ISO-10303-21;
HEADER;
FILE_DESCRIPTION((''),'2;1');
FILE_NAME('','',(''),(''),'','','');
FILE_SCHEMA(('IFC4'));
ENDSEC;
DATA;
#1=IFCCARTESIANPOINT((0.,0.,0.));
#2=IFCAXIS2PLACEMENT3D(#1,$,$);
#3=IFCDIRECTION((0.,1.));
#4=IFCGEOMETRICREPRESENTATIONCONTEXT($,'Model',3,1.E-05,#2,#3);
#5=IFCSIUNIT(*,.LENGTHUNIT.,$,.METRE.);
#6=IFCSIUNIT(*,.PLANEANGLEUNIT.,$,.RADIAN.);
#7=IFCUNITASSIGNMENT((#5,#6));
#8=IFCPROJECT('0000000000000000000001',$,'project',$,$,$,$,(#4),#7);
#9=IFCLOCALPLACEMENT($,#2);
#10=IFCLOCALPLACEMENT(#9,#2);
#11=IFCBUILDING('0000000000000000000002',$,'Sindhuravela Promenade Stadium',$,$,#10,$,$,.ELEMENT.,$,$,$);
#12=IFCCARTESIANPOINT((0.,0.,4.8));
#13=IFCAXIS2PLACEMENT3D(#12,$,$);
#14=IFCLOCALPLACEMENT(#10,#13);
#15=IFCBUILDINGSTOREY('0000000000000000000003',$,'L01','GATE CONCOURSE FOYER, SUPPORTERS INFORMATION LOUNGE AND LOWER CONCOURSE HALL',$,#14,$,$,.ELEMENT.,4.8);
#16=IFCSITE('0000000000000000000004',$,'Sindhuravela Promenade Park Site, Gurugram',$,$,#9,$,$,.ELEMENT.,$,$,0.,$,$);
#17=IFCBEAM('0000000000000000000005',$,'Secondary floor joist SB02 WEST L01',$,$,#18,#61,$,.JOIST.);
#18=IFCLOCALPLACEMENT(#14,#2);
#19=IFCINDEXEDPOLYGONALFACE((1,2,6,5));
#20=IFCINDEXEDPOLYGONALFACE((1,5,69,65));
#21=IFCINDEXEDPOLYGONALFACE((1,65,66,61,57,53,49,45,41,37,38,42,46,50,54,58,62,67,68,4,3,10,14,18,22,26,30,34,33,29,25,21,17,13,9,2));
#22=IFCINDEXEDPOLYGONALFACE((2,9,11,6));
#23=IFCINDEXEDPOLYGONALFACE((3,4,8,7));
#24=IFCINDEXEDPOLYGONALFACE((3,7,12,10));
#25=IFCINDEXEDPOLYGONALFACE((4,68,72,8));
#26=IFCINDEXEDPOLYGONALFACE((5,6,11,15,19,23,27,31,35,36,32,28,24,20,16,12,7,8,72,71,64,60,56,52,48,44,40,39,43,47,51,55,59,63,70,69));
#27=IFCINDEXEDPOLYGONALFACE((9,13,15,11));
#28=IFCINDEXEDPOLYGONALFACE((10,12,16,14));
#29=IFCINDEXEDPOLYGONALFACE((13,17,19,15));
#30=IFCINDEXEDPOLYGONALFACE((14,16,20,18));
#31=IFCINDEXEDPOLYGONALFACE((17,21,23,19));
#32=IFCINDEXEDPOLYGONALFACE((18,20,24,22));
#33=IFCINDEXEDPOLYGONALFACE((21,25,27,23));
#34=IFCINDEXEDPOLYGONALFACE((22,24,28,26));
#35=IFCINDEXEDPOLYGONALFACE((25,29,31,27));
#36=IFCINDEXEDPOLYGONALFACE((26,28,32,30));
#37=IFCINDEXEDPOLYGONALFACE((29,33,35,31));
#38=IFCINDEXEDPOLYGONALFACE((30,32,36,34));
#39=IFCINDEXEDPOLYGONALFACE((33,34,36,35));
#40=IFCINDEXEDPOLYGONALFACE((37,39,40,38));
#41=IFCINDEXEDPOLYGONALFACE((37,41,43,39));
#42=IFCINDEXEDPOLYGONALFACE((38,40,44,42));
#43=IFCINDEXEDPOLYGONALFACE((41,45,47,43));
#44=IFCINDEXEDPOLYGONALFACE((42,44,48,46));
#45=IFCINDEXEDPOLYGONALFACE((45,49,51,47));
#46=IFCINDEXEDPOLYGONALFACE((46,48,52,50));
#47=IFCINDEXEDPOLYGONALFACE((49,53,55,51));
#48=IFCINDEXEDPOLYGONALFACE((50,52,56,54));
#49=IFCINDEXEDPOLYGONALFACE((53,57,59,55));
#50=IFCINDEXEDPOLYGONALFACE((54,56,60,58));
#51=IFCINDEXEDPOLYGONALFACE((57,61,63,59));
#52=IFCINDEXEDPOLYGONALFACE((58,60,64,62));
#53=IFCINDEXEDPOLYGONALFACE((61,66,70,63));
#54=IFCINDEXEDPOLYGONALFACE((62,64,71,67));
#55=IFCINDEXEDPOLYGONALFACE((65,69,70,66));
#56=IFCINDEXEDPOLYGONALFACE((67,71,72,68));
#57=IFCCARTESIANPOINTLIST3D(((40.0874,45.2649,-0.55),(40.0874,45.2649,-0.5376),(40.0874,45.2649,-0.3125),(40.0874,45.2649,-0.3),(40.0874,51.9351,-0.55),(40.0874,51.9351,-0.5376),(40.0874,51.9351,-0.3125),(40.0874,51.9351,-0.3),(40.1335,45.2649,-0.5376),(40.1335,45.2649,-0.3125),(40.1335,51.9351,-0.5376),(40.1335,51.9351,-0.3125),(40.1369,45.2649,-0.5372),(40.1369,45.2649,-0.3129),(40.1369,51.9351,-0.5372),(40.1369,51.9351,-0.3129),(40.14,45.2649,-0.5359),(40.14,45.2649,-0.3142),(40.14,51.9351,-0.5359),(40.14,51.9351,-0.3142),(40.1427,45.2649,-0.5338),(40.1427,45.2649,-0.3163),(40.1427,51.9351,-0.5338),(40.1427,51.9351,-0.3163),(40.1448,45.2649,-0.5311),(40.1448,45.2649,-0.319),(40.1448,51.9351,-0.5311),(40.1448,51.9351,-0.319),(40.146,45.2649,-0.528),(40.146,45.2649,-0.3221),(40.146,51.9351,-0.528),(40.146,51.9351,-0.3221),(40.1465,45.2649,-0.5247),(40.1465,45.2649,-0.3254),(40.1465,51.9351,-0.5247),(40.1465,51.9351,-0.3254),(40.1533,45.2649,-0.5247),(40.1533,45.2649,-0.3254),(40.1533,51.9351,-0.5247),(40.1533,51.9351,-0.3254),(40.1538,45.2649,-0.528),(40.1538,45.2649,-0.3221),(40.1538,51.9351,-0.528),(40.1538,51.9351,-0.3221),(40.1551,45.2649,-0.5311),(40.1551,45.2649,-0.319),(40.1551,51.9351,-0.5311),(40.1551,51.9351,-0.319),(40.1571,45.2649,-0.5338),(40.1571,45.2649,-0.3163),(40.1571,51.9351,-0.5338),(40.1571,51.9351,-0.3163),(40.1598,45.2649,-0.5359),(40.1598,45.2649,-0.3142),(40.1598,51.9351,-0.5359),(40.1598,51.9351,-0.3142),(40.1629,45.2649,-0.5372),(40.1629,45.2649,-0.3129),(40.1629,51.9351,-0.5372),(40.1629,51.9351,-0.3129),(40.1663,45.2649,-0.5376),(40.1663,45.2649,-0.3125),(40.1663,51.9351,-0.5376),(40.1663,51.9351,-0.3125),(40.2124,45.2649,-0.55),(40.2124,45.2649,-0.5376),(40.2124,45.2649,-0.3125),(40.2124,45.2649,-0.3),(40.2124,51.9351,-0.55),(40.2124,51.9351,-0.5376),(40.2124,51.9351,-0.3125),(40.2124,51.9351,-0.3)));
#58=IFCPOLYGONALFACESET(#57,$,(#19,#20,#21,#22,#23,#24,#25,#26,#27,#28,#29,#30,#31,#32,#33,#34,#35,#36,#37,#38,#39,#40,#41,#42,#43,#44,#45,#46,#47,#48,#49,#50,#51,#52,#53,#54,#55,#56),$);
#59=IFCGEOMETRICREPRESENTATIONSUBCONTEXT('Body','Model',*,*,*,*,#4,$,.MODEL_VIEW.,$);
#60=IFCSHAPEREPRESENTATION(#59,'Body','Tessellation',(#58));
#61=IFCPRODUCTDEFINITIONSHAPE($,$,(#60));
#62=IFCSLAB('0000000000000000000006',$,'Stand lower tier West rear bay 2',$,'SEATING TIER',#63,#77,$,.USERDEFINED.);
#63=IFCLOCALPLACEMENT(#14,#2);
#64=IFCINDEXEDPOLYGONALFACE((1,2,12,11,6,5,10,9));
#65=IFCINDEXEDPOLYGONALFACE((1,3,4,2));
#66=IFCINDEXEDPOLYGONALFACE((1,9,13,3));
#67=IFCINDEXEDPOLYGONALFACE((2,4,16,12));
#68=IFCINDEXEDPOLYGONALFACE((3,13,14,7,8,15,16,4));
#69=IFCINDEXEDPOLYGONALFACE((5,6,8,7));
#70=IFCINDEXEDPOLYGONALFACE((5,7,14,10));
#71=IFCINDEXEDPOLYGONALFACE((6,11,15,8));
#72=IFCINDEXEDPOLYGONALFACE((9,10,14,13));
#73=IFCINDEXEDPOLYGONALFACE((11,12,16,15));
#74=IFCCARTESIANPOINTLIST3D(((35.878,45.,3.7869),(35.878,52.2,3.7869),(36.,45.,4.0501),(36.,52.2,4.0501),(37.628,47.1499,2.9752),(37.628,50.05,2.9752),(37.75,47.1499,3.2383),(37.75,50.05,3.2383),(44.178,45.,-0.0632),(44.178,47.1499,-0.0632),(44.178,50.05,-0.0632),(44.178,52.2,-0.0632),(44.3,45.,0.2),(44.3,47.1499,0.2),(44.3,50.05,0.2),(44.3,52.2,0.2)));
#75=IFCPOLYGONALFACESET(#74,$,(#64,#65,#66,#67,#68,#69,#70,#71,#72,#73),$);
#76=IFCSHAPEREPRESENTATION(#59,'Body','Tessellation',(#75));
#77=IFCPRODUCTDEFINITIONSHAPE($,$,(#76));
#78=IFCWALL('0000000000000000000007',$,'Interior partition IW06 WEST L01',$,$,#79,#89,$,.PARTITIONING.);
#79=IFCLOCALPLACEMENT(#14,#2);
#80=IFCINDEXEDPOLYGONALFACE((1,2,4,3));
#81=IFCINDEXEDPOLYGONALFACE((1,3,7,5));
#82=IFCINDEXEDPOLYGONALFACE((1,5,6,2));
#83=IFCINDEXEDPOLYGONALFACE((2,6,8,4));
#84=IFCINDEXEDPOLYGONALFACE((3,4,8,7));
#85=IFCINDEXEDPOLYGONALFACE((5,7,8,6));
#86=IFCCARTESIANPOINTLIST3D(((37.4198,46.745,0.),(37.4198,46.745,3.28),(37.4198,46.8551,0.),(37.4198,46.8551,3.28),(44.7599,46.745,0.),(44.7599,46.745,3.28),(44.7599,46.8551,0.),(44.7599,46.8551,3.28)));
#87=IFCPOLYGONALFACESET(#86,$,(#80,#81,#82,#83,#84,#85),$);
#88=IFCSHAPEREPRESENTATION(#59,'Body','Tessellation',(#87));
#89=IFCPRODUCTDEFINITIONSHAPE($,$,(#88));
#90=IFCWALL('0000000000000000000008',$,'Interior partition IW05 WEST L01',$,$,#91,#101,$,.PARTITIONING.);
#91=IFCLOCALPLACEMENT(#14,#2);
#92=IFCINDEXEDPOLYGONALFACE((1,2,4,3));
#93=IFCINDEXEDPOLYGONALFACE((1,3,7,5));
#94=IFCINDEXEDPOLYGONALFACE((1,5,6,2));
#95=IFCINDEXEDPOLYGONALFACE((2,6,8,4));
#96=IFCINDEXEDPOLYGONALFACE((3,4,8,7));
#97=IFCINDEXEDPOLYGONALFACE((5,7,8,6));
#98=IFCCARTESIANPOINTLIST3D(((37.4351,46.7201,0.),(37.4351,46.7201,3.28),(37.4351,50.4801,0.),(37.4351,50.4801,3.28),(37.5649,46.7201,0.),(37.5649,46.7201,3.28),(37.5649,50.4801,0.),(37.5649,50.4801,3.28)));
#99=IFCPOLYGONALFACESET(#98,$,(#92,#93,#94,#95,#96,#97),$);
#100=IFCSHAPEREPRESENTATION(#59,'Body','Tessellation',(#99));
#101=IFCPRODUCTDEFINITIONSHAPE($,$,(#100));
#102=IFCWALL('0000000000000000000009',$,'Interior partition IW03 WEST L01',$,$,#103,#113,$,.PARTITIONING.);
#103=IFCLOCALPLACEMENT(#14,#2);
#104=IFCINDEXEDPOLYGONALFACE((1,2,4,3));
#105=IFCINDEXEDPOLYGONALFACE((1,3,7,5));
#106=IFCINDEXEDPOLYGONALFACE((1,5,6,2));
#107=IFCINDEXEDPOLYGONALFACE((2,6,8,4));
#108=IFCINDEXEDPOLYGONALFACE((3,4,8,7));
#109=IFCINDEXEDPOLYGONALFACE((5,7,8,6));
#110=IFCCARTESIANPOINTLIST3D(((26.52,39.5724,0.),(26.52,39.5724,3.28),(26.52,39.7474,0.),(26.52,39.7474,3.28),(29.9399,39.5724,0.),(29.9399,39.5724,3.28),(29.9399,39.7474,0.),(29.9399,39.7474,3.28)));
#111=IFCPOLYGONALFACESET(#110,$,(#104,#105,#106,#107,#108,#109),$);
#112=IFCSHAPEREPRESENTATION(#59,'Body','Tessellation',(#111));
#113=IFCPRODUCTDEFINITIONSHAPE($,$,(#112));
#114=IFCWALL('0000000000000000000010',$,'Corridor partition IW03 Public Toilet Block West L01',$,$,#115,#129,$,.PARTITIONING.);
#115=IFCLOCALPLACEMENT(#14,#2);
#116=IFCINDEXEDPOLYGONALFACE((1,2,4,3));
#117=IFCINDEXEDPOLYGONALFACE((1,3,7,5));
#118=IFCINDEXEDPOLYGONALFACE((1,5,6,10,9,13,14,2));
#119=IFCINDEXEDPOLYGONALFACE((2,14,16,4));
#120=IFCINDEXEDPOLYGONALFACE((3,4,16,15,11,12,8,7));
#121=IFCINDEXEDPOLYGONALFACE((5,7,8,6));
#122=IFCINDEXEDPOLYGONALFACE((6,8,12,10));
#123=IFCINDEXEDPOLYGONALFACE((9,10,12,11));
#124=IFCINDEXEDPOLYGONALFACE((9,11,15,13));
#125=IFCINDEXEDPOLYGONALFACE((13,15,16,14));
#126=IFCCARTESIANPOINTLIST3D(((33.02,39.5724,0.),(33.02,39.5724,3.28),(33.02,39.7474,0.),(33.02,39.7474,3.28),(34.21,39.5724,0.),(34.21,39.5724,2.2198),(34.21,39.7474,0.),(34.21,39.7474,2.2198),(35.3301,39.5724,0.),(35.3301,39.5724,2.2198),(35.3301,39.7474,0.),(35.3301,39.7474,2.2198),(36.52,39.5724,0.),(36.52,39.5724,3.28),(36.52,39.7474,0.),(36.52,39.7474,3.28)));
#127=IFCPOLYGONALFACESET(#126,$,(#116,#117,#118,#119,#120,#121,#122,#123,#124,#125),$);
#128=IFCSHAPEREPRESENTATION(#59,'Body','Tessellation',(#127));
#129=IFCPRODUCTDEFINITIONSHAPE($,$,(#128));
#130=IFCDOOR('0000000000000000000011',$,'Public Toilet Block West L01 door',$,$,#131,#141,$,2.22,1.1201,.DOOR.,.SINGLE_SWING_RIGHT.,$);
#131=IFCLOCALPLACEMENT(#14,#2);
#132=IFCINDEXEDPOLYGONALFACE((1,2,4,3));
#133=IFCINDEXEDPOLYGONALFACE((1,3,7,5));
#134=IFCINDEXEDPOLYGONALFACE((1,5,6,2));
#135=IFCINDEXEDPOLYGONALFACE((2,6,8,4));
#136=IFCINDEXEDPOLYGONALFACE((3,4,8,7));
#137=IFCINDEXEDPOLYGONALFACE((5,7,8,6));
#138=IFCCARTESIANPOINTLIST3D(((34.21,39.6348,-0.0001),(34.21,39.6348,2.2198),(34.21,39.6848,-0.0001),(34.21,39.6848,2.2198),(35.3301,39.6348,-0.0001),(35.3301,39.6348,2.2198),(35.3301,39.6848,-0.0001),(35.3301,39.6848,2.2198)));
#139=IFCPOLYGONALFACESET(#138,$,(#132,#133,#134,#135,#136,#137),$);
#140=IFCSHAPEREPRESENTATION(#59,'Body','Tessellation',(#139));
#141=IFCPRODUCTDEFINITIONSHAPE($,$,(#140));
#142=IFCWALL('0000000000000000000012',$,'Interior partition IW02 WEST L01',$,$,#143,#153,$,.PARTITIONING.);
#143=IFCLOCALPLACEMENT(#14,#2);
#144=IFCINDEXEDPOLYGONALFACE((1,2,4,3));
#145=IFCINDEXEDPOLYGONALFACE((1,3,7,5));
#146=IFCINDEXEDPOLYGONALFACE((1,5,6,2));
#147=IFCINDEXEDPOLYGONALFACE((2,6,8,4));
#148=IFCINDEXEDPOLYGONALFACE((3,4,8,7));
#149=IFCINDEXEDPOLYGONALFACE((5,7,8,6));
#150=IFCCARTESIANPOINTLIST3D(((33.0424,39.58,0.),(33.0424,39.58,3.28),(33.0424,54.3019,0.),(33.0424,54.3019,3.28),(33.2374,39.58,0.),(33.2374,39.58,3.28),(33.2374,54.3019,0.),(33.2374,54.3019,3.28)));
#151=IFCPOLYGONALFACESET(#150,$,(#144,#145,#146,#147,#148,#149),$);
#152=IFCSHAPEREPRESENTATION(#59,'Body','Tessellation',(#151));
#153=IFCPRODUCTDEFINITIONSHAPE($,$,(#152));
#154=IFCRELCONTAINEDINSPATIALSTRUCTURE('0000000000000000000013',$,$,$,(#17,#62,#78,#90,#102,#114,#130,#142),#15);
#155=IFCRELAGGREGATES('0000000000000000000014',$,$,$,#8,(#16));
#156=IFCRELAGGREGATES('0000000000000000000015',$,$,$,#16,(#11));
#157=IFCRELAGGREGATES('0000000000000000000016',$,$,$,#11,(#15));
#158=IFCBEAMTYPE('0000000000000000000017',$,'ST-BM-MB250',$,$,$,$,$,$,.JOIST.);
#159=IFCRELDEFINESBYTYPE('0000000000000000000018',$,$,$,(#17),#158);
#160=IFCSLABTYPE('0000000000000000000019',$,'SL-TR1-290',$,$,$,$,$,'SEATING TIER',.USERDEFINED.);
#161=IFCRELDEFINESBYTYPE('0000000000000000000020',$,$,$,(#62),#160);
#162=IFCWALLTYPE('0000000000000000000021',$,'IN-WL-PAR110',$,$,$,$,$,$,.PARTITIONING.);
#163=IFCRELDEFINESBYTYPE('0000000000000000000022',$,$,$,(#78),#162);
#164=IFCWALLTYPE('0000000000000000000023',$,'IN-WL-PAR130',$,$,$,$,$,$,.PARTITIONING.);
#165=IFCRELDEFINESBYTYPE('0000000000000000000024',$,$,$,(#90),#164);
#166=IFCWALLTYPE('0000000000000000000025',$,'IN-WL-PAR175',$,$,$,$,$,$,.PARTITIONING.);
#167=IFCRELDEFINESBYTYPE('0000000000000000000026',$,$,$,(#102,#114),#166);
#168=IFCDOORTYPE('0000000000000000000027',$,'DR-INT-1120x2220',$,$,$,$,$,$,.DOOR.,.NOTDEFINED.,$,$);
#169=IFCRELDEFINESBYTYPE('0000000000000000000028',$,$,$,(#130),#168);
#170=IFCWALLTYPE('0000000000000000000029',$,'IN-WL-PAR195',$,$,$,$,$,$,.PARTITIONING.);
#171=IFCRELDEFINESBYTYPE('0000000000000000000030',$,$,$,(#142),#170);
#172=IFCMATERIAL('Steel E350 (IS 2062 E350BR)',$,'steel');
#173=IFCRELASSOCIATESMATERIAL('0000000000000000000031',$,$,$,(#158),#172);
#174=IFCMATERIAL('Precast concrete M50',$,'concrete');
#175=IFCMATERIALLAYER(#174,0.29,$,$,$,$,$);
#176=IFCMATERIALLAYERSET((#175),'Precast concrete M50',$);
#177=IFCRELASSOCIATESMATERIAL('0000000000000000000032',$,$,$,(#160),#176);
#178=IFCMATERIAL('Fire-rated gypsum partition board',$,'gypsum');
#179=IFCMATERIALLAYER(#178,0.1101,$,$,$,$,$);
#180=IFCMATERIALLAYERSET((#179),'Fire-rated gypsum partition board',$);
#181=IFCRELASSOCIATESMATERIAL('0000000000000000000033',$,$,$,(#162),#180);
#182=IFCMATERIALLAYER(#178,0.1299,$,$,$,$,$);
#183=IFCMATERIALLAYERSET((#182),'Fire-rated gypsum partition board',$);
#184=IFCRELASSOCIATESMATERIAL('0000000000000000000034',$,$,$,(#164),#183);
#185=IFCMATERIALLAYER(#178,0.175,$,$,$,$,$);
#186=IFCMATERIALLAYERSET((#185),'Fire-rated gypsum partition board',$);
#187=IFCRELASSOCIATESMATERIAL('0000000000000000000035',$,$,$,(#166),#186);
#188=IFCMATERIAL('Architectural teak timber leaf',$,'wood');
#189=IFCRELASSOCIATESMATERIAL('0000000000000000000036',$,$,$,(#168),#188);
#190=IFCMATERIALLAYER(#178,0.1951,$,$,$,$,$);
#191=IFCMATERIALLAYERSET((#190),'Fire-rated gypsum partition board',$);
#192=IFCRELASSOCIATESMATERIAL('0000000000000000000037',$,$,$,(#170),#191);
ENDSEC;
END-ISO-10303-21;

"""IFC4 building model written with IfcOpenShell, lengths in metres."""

from ifc_helpers import new_model, si_unit, direction, frame, frame_2d, origin, origin_2d, place, context, subcontext, project, spatial, polyline, rectangle, i_section, outline, extrude, material, layer, layer_set, material_profile, profile_set, type_object, element, fill, save


model = new_model("IFC4")

# Units and contexts
model_context = context("Model", 3, precision=1e-05, world=origin(), true_north=direction((0.0, 1.0)))
body_context = subcontext(model_context, "Body", "Model", "MODEL_VIEW")
ifc_project = project(units=[si_unit("LENGTHUNIT", "METRE"), si_unit("PLANEANGLEUNIT", "RADIAN")], contexts=[model_context])

# Site, building, storey
site_placement = place(None, origin())
site = spatial("IfcSite", under=ifc_project, at=site_placement, Name="Sindhuravela Promenade Park Site, Gurugram", CompositionType="ELEMENT", RefElevation=0.0)
building_placement = place(site_placement, origin())
building = spatial("IfcBuilding", under=site, at=building_placement, Name="Sindhuravela Promenade Stadium", CompositionType="ELEMENT")
storey_placement = place(building_placement, frame((0.0, 0.0, 4.8)))
storey = spatial("IfcBuildingStorey", under=building, at=storey_placement, Name="L01", Description="GATE CONCOURSE FOYER, SUPPORTERS INFORMATION LOUNGE AND LOWER CONCOURSE HALL", CompositionType="ELEMENT", Elevation=4.8)

# Beam
ifc_material_1 = material(Name="Steel E350 (IS 2062 E350BR)", Category="steel")
ifc_material_profile_1 = material_profile(ifc_material_1, i_section(OverallWidth=0.125, OverallDepth=0.25, WebThickness=0.0068, FlangeThickness=0.0125, FilletRadius=0.0129, at=origin_2d()), Name="ISMB 250")
ifc_profile_set_1 = profile_set([ifc_material_profile_1], Name="Steel E350 (IS 2062 E350BR)")
beam_type_1 = type_object("IfcBeamType", Name="ST-BM-MB250", PredefinedType="JOIST", material=ifc_profile_set_1)
beam_1_placement = place(storey_placement, frame((40.1499, 45.2649, -0.425), z_axis=(0.0, 1.0, 0.0), x_axis=(-1.0, 0.0, 0.0)))
element("IfcBeam", 1, at=beam_1_placement, inside=storey, type_object=beam_type_1, Name="Secondary floor joist SB02 WEST L01", PredefinedType="JOIST", context=body_context, shape_type="SweptSolid", body=[
    extrude(i_section(OverallWidth=0.125, OverallDepth=0.25, WebThickness=0.0068, FlangeThickness=0.0125, FilletRadius=0.0129, at=origin_2d()), origin(), (0.0, 0.0, 1.0), 6.6702),
])

# Slab
ifc_material_2 = material(Name="Precast concrete M50", Category="concrete")
ifc_layer_1 = layer(ifc_material_2, 0.29)
ifc_layer_set_1 = layer_set([ifc_layer_1], Name="Precast concrete M50")
slab_type = type_object("IfcSlabType", Name="SL-TR1-290", ElementType="SEATING TIER", PredefinedType="USERDEFINED", material=ifc_layer_set_1)
slab_placement = place(storey_placement, frame((44.3, 45.0, 0.2), z_axis=(0.420797, 0.0, 0.907155), x_axis=(0.0, 1.0, 0.0)))
element("IfcSlab", 2, at=slab_placement, inside=storey, type_object=slab_type, Name="Stand lower tier West rear bay 2", ObjectType="SEATING TIER", PredefinedType="USERDEFINED", context=body_context, shape_type="SweptSolid", body=[
    extrude(outline(polyline([(0.0, 0.0), (2.1499, 0.0), (2.1499, 7.2204), (5.05, 7.2204), (5.05, 0.0), (7.2, 0.0), (7.2, 9.1495), (0.0, 9.1495), (0.0, 0.0)])), origin(), (0.0, 0.0, -1.0), 0.29),
])

# Walls
ifc_material_3 = material(Name="Fire-rated gypsum partition board", Category="gypsum")
ifc_layer_2 = layer(ifc_material_3, 0.1101)
ifc_layer_set_2 = layer_set([ifc_layer_2], Name="Fire-rated gypsum partition board")
wall_type_1 = type_object("IfcWallType", Name="IN-WL-PAR110", PredefinedType="PARTITIONING", material=ifc_layer_set_2)
wall_1_placement = place(storey_placement, frame((37.4199, 46.8, 0.0), z_axis=(0.0, 0.0, 1.0), x_axis=(1.0, 0.0, 0.0)))
element("IfcWall", 3, at=wall_1_placement, inside=storey, type_object=wall_type_1, Name="Interior partition IW06 WEST L01", PredefinedType="PARTITIONING", context=body_context, shape_type="SweptSolid", body=[
    extrude(rectangle(XDim=7.3401, YDim=0.1101, at=frame_2d((3.6699, 0.0))), origin(), (0.0, 0.0, 1.0), 3.28),
])
ifc_layer_3 = layer(ifc_material_3, 0.1299)
ifc_layer_set_3 = layer_set([ifc_layer_3], Name="Fire-rated gypsum partition board")
wall_type_2 = type_object("IfcWallType", Name="IN-WL-PAR130", PredefinedType="PARTITIONING", material=ifc_layer_set_3)
wall_2_placement = place(storey_placement, frame((37.5, 50.48, 0.0), z_axis=(0.0, 0.0, 1.0), x_axis=(0.0, -1.0, 0.0)))
element("IfcWall", 4, at=wall_2_placement, inside=storey, type_object=wall_type_2, Name="Interior partition IW05 WEST L01", PredefinedType="PARTITIONING", context=body_context, shape_type="SweptSolid", body=[
    extrude(rectangle(XDim=3.76, YDim=0.1299, at=frame_2d((1.8799, 0.0))), origin(), (0.0, 0.0, 1.0), 3.28),
])
ifc_layer_4 = layer(ifc_material_3, 0.175)
ifc_layer_set_4 = layer_set([ifc_layer_4], Name="Fire-rated gypsum partition board")
wall_type_3 = type_object("IfcWallType", Name="IN-WL-PAR175", PredefinedType="PARTITIONING", material=ifc_layer_set_4)
wall_3_placement = place(storey_placement, frame((29.9399, 39.6599, 0.0), z_axis=(0.0, 0.0, 1.0), x_axis=(-1.0, 0.0, 0.0)))
element("IfcWall", 5, at=wall_3_placement, inside=storey, type_object=wall_type_3, Name="Interior partition IW03 WEST L01", PredefinedType="PARTITIONING", context=body_context, shape_type="SweptSolid", body=[
    extrude(rectangle(XDim=3.4199, YDim=0.175, at=frame_2d((1.71, 0.0))), origin(), (0.0, 0.0, 1.0), 3.28),
])

# Wall, opening, door
wall_4_placement = place(storey_placement, frame((33.02, 39.6599, 0.0), z_axis=(0.0, 0.0, 1.0), x_axis=(1.0, 0.0, 0.0)))
wall_4 = element("IfcWall", 6, at=wall_4_placement, inside=storey, type_object=wall_type_3, Name="Corridor partition IW03 Public Toilet Block West L01", PredefinedType="PARTITIONING", context=body_context, shape_type="SweptSolid", body=[
    extrude(rectangle(XDim=3.5, YDim=0.175, at=frame_2d((1.75, 0.0))), origin(), (0.0, 0.0, 1.0), 3.28),
])
opening_1_placement = place(wall_4_placement, frame((1.1899, 0.0, 0.0)))
opening_1 = element("IfcOpeningElement", 7, at=opening_1_placement, cuts=wall_4, PredefinedType="OPENING", context=body_context, shape_type="SweptSolid", body=[
    extrude(rectangle(XDim=1.1201, YDim=2.22, at=frame_2d((0.5601, 1.1099))), frame((0.0, 0.0974, 0.0), z_axis=(0.0, -1.0, 0.0), x_axis=(1.0, 0.0, 0.0)), (0.0, 0.0, 1.0), 0.1951),
])
ifc_material_4 = material(Name="Architectural teak timber leaf", Category="wood")
door_type_1 = type_object("IfcDoorType", Name="DR-INT-1120x2220", OperationType="NOTDEFINED", PredefinedType="DOOR", material=ifc_material_4)
door_1_placement = place(opening_1_placement, origin())
door_1 = element("IfcDoor", 8, at=door_1_placement, inside=storey, type_object=door_type_1, Name="Public Toilet Block West L01 door", OperationType="SINGLE_SWING_RIGHT", OverallHeight=2.22, OverallWidth=1.1201, PredefinedType="DOOR", context=body_context, shape_type="SweptSolid", body=[
    extrude(rectangle(XDim=1.1201, YDim=2.22, at=frame_2d((0.5601, 1.1099))), frame((0.0, 0.0249, 0.0), z_axis=(0.0, -1.0, 0.0), x_axis=(1.0, 0.0, 0.0)), (0.0, 0.0, 1.0), 0.05),
])
fill(opening_1, door_1)

# Wall
ifc_layer_5 = layer(ifc_material_3, 0.1951)
ifc_layer_set_5 = layer_set([ifc_layer_5], Name="Fire-rated gypsum partition board")
wall_type_4 = type_object("IfcWallType", Name="IN-WL-PAR195", PredefinedType="PARTITIONING", material=ifc_layer_set_5)
wall_5_placement = place(storey_placement, frame((33.1399, 39.5801, 0.0), z_axis=(0.0, 0.0, 1.0), x_axis=(0.0, 1.0, 0.0)))
element("IfcWall", 9, at=wall_5_placement, inside=storey, type_object=wall_type_4, Name="Interior partition IW02 WEST L01", PredefinedType="PARTITIONING", context=body_context, shape_type="SweptSolid", body=[
    extrude(rectangle(XDim=14.7219, YDim=0.1951, at=frame_2d((7.3608, 0.0))), origin(), (0.0, 0.0, 1.0), 3.28),
])

save(model, "model.ifc")
